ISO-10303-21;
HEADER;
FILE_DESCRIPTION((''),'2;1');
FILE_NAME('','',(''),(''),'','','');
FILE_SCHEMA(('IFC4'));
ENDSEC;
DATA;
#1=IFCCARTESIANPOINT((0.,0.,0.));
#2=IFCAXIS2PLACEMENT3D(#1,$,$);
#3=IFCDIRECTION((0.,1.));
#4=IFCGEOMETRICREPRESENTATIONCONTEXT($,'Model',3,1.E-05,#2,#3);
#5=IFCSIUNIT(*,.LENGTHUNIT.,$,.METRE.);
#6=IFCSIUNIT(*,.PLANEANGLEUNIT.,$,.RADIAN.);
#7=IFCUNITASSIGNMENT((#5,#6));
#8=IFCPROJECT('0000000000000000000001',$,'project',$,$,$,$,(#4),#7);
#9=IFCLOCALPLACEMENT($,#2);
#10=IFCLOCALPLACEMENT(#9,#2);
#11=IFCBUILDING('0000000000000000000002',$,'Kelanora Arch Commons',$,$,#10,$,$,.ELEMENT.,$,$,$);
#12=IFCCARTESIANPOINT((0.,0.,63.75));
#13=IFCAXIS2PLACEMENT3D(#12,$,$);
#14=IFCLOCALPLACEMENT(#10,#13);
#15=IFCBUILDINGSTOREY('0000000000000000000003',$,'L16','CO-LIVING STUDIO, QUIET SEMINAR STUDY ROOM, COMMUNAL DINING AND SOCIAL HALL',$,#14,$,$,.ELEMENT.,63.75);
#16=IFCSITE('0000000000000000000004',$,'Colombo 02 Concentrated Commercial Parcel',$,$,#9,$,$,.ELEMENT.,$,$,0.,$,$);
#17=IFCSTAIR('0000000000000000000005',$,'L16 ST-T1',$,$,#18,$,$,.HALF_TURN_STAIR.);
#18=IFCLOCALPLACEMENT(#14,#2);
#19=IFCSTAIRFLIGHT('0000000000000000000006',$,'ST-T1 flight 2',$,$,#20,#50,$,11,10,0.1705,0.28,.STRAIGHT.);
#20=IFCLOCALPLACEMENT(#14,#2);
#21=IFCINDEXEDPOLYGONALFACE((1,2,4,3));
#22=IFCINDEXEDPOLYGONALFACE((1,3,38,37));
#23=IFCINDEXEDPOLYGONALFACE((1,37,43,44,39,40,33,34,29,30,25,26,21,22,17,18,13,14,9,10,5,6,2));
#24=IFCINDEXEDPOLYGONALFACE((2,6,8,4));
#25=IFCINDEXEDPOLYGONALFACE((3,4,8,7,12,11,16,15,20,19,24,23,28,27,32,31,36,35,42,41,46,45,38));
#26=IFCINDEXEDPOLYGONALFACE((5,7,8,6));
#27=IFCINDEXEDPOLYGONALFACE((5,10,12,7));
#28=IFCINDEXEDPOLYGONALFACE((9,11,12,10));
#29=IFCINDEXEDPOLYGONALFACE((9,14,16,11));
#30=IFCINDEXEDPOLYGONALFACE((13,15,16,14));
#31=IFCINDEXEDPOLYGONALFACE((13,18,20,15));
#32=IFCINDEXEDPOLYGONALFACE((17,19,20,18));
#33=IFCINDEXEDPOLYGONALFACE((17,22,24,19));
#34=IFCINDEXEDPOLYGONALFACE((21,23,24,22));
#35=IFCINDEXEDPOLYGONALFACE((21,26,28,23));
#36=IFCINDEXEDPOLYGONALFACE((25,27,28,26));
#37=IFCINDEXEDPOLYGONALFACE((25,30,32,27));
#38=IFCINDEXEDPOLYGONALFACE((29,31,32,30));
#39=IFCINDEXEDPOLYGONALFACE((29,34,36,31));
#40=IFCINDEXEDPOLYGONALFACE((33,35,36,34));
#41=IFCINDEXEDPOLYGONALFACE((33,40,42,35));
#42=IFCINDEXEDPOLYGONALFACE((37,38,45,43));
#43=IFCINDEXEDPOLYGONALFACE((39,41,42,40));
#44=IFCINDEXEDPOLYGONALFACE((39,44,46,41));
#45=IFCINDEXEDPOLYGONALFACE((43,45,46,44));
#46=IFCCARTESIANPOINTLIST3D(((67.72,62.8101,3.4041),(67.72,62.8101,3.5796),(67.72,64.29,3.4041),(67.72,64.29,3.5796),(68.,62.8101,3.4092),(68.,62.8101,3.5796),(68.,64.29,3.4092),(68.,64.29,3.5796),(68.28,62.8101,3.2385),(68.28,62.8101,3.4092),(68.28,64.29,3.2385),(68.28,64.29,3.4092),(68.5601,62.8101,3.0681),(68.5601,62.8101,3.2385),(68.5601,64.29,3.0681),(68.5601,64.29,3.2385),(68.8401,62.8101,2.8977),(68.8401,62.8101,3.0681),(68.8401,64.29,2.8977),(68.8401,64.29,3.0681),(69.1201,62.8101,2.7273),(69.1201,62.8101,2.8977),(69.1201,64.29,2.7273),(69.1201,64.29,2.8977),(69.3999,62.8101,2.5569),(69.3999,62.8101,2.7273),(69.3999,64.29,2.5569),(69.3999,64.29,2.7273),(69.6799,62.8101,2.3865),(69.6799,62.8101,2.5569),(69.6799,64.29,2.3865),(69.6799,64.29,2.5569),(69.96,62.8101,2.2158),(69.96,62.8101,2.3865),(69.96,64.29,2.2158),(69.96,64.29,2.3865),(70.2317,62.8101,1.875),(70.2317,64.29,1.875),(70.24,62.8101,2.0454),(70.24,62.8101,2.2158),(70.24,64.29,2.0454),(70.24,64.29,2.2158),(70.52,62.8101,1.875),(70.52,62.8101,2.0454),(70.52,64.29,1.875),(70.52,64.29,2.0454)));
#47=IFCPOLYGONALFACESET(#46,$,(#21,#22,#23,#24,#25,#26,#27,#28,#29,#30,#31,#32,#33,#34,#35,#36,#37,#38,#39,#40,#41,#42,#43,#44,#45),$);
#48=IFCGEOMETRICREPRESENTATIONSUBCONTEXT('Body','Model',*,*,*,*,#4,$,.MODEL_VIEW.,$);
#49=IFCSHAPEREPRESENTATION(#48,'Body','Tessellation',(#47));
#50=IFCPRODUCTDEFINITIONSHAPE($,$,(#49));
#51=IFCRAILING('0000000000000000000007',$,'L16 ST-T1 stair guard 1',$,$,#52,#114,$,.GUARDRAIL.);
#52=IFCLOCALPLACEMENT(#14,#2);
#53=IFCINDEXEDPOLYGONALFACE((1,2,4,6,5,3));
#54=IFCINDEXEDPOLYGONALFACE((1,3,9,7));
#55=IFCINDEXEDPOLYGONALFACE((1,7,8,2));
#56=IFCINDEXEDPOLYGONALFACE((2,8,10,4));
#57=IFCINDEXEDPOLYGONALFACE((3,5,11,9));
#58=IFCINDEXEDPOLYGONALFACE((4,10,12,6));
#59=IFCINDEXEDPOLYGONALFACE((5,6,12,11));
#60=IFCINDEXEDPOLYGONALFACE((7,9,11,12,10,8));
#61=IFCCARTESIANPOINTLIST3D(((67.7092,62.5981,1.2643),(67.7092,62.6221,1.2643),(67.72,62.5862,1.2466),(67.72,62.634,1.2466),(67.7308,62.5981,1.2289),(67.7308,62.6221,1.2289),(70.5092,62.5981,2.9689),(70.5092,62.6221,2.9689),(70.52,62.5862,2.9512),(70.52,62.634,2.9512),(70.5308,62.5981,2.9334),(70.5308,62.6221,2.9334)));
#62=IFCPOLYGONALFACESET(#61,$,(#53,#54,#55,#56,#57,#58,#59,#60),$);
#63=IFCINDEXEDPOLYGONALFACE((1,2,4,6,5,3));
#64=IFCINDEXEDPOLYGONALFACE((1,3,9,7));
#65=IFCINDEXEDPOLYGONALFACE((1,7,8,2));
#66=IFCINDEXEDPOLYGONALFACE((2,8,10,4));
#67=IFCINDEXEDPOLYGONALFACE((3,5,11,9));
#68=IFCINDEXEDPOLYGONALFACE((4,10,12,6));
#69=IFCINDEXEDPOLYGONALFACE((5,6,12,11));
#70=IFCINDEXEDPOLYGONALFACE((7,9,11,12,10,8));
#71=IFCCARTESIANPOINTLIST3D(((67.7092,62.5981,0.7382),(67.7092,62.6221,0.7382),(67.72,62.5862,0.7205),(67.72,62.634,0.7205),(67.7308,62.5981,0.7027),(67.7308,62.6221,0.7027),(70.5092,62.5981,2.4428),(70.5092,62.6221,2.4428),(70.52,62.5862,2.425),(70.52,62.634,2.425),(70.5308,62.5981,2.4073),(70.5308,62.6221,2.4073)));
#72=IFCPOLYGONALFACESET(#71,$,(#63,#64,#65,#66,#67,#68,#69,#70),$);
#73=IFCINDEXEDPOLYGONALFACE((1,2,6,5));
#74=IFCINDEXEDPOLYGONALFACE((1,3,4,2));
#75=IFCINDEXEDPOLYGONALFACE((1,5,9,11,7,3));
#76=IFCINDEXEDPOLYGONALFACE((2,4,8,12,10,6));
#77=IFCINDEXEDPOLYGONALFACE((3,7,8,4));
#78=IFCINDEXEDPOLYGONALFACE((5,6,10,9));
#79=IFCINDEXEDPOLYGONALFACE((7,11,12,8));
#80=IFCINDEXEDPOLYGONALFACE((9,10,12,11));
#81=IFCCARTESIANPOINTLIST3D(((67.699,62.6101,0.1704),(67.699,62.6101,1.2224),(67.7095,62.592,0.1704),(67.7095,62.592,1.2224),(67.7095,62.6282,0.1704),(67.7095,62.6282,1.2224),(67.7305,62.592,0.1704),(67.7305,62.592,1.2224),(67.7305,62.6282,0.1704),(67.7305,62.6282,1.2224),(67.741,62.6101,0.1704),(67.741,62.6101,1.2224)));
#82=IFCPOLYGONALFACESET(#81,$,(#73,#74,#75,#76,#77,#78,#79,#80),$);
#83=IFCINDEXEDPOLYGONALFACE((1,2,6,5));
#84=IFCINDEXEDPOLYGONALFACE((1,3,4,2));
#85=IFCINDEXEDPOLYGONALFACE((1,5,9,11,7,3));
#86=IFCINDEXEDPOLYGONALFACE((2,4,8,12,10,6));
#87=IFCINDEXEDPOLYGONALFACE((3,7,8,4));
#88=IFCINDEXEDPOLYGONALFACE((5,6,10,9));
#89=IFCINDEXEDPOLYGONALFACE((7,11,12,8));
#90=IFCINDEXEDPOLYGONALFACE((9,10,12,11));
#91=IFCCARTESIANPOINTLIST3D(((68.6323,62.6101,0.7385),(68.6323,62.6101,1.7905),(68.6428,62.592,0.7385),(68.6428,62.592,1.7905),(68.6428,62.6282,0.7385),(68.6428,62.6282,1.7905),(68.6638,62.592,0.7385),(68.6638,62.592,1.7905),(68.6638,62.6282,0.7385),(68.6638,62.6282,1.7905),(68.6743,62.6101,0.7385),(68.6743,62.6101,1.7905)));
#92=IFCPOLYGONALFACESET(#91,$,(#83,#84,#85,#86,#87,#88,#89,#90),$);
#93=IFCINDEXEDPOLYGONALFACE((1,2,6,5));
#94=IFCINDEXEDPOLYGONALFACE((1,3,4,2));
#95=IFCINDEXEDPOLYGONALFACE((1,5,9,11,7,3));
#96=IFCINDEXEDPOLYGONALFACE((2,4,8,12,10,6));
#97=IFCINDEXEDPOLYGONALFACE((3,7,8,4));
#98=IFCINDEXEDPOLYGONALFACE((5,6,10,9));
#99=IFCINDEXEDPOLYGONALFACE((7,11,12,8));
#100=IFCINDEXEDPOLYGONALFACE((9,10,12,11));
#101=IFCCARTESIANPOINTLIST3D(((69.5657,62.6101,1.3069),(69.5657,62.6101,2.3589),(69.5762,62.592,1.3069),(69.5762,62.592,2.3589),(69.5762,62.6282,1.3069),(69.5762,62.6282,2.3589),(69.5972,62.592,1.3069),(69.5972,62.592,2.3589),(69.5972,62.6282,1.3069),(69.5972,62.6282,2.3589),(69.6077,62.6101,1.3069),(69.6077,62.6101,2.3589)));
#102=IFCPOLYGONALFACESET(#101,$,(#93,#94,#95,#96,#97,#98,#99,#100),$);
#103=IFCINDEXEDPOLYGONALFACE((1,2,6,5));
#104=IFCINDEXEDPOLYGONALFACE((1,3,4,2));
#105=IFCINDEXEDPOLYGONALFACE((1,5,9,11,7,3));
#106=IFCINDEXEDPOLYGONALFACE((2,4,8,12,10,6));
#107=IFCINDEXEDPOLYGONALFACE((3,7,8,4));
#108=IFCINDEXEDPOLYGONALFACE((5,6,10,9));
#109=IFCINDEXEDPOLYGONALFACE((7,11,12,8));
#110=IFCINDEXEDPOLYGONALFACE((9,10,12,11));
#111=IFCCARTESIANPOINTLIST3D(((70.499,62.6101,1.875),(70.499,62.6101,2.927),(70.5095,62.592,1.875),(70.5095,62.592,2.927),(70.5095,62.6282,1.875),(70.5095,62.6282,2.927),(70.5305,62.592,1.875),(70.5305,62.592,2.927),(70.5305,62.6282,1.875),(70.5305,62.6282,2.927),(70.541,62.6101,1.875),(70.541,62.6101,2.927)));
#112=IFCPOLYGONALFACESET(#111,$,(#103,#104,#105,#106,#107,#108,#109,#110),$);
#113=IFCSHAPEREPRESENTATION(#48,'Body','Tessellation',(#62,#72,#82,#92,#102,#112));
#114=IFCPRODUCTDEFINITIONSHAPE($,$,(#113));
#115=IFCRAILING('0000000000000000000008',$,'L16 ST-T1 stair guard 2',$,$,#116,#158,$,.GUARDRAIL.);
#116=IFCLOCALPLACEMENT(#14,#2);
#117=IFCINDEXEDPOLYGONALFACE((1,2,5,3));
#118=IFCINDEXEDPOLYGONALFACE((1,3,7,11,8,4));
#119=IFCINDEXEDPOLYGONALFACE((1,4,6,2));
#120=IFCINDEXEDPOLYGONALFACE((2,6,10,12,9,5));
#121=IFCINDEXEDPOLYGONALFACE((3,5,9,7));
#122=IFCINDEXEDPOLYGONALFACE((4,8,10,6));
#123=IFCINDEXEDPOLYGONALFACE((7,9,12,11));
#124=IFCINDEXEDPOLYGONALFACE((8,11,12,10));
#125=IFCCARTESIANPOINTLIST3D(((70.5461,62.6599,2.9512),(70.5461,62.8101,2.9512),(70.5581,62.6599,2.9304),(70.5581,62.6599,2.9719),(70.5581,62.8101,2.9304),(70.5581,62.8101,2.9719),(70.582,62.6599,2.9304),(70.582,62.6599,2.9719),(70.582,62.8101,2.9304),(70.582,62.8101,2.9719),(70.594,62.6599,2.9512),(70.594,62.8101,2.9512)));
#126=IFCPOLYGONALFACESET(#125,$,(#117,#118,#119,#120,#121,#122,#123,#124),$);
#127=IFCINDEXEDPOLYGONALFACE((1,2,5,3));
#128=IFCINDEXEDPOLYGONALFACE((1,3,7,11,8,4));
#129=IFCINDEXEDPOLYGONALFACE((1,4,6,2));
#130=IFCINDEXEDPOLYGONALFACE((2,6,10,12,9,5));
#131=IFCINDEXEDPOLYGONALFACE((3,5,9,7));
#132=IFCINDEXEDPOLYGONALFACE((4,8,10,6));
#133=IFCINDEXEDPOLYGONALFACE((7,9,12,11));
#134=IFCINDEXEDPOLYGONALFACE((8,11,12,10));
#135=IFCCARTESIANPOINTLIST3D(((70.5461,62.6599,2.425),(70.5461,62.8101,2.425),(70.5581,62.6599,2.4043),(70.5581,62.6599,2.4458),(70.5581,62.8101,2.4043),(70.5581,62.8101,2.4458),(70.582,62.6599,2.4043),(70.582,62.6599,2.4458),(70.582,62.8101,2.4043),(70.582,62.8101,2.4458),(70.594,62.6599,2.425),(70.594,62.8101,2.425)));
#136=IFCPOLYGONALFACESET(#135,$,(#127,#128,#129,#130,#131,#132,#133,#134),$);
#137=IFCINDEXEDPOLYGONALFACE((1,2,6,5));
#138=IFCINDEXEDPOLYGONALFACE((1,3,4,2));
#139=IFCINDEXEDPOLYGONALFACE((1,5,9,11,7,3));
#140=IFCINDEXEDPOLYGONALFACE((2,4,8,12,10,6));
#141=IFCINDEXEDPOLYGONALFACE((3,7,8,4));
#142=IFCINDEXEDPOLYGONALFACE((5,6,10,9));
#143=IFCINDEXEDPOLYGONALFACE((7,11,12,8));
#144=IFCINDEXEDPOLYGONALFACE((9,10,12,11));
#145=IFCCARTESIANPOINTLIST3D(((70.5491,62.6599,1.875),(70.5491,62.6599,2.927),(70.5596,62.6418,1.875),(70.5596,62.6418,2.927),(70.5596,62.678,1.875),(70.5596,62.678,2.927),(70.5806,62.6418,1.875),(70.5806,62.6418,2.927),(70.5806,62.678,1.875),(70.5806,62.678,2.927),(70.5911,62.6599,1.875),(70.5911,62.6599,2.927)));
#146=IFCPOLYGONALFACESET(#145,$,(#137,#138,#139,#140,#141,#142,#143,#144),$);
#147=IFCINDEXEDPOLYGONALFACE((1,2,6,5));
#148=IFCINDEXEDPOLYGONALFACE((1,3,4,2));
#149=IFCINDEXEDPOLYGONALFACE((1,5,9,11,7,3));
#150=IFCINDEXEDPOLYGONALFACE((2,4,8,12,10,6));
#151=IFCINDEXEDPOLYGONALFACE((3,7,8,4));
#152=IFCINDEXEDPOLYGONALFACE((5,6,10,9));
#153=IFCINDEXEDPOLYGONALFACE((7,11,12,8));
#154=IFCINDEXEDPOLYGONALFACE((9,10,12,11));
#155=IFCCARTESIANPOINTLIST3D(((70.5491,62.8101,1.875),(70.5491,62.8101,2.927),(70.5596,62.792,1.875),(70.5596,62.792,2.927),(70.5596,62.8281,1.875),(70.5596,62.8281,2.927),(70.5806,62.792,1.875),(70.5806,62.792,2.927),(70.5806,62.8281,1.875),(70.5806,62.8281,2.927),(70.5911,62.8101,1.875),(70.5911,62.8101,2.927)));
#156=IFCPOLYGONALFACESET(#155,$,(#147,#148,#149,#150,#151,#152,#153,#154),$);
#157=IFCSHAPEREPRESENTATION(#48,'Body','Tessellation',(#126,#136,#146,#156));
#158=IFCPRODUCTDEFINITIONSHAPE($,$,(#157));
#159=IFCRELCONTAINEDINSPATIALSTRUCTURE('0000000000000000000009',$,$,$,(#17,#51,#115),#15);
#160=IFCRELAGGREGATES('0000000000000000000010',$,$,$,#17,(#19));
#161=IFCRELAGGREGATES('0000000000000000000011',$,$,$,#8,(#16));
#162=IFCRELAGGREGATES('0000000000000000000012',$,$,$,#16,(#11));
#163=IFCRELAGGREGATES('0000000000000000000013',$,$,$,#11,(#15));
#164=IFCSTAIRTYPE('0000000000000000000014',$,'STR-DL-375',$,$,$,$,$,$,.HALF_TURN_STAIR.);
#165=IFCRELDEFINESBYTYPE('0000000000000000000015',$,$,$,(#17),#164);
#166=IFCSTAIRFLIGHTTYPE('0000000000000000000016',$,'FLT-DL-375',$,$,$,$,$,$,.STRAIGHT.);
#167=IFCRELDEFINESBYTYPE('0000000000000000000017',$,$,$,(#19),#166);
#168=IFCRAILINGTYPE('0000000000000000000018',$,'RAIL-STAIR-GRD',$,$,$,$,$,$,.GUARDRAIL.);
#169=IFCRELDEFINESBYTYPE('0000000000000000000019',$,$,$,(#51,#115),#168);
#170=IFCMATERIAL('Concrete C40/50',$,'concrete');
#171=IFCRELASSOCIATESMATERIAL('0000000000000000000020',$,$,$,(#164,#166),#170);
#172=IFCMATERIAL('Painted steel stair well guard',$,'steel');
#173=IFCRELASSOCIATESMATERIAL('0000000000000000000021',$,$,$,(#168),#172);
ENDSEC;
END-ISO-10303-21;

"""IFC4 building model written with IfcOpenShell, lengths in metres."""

from ifc_helpers import new_model, si_unit, direction, frame, origin, place, context, subcontext, project, spatial, polyline, outline, extrude, material, type_object, element, aggregate, save


model = new_model("IFC4")

# Units and contexts
model_context = context("Model", 3, precision=1e-05, world=origin(), true_north=direction((0.0, 1.0)))
body_context = subcontext(model_context, "Body", "Model", "MODEL_VIEW")
ifc_project = project(units=[si_unit("LENGTHUNIT", "METRE"), si_unit("PLANEANGLEUNIT", "RADIAN")], contexts=[model_context])

# Site, building, storey
site_placement = place(None, origin())
site = spatial("IfcSite", under=ifc_project, at=site_placement, Name="Colombo 02 Concentrated Commercial Parcel", CompositionType="ELEMENT", RefElevation=0.0)
building_placement = place(site_placement, origin())
building = spatial("IfcBuilding", under=site, at=building_placement, Name="Kelanora Arch Commons", CompositionType="ELEMENT")
storey_placement = place(building_placement, frame((0.0, 0.0, 63.75)))
storey = spatial("IfcBuildingStorey", under=building, at=storey_placement, Name="L16", Description="CO-LIVING STUDIO, QUIET SEMINAR STUDY ROOM, COMMUNAL DINING AND SOCIAL HALL", CompositionType="ELEMENT", Elevation=63.75)

# Shared definitions
ifc_material_1 = material(Name="Concrete C40/50", Category="concrete")

# Stair, stair flight
stair_type = type_object("IfcStairType", Name="STR-DL-375", PredefinedType="HALF_TURN_STAIR", material=ifc_material_1)
stair_placement = place(storey_placement, origin())
stair = element("IfcStair", 1, at=stair_placement, inside=storey, type_object=stair_type, Name="L16 ST-T1", PredefinedType="HALF_TURN_STAIR")
stair_flight_type = type_object("IfcStairFlightType", Name="FLT-DL-375", PredefinedType="STRAIGHT", material=ifc_material_1)
stair_flight_1_placement = place(storey_placement, frame((70.52, 63.55, 1.875), z_axis=(0.0, 0.0, 1.0), x_axis=(-1.0, 0.0, 0.0)))
stair_flight_1 = element("IfcStairFlight", 2, at=stair_flight_1_placement, type_object=stair_flight_type, Name="ST-T1 flight 2", NumberOfRisers=11, NumberOfTreads=10, PredefinedType="STRAIGHT", RiserHeight=0.1705, TreadLength=0.28, context=body_context, shape_type="SweptSolid", body=[
    extrude(outline(polyline([(0.0, 0.0), (0.0, 0.1704), (0.28, 0.1704), (0.28, 0.3408), (0.5601, 0.3408), (0.5601, 0.5115), (0.8401, 0.5115), (0.8401, 0.6819), (1.1201, 0.6819), (1.1201, 0.8523), (1.3999, 0.8523), (1.3999, 1.0227), (1.6799, 1.0227), (1.6799, 1.1931), (1.96, 1.1931), (1.96, 1.3635), (2.24, 1.3635), (2.24, 1.5342), (2.52, 1.5342), (2.52, 1.7046), (2.8, 1.7046), (2.8, 1.875), (2.8, 1.5291), (0.2883, 0.0), (0.0, 0.0)])), frame((0.0, 0.74, 0.0), z_axis=(0.0, -1.0, 0.0), x_axis=(1.0, 0.0, 0.0)), (0.0, 0.0, 1.0), 1.48),
])
aggregate(stair, [stair_flight_1])

# Railings
ifc_material_2 = material(Name="Painted steel stair well guard", Category="steel")
railing_type_1 = type_object("IfcRailingType", Name="RAIL-STAIR-GRD", PredefinedType="GUARDRAIL", material=ifc_material_2)
railing_1_placement = place(storey_placement, frame((67.72, 62.6101, 0.1704)))
element("IfcRailing", 3, at=railing_1_placement, inside=storey, type_object=railing_type_1, Name="L16 ST-T1 stair guard 1", PredefinedType="GUARDRAIL", context=body_context, shape_type="SweptSolid", body=[
    extrude(outline(polyline([(0.0239, 0.0), (0.012, 0.0208), (-0.012, 0.0208), (-0.0239, 0.0), (-0.012, -0.0208), (0.012, -0.0208), (0.0239, 0.0)])), frame((0.0, 0.0, 1.0762), z_axis=(0.85417, 0.0, 0.519994), x_axis=(0.0, 1.0, 0.0)), (0.0, 0.0, 1.0), 3.2781),
    extrude(outline(polyline([(0.0239, 0.0), (0.012, 0.0208), (-0.012, 0.0208), (-0.0239, 0.0), (-0.012, -0.0208), (0.012, -0.0208), (0.0239, 0.0)])), frame((0.0, 0.0, 0.55), z_axis=(0.85417, 0.0, 0.519994), x_axis=(0.0, 1.0, 0.0)), (0.0, 0.0, 1.0), 3.2781),
    extrude(outline(polyline([(0.021, 0.0), (0.0105, 0.0181), (-0.0105, 0.0181), (-0.021, 0.0), (-0.0105, -0.0181), (0.0105, -0.0181), (0.021, 0.0)])), origin(), (0.0, 0.0, 1.0), 1.052),
    extrude(outline(polyline([(0.021, 0.0), (0.0105, 0.0181), (-0.0105, 0.0181), (-0.021, 0.0), (-0.0105, -0.0181), (0.0105, -0.0181), (0.021, 0.0)])), frame((0.9333, 0.0, 0.5681)), (0.0, 0.0, 1.0), 1.052),
    extrude(outline(polyline([(0.021, 0.0), (0.0105, 0.0181), (-0.0105, 0.0181), (-0.021, 0.0), (-0.0105, -0.0181), (0.0105, -0.0181), (0.021, 0.0)])), frame((1.8667, 0.0, 1.1365)), (0.0, 0.0, 1.0), 1.052),
    extrude(outline(polyline([(0.021, 0.0), (0.0105, 0.0181), (-0.0105, 0.0181), (-0.021, 0.0), (-0.0105, -0.0181), (0.0105, -0.0181), (0.021, 0.0)])), frame((2.8, 0.0, 1.7046)), (0.0, 0.0, 1.0), 1.052),
])
railing_2_placement = place(storey_placement, frame((70.5701, 62.6599, 1.875)))
element("IfcRailing", 4, at=railing_2_placement, inside=storey, type_object=railing_type_1, Name="L16 ST-T1 stair guard 2", PredefinedType="GUARDRAIL", context=body_context, shape_type="SweptSolid", body=[
    extrude(outline(polyline([(0.0239, 0.0), (0.012, 0.0208), (-0.012, 0.0208), (-0.0239, 0.0), (-0.012, -0.0208), (0.012, -0.0208), (0.0239, 0.0)])), frame((0.0, 0.0, 1.0762), z_axis=(0.0, 1.0, 0.0), x_axis=(-1.0, 0.0, 0.0)), (0.0, 0.0, 1.0), 0.1501),
    extrude(outline(polyline([(0.0239, 0.0), (0.012, 0.0208), (-0.012, 0.0208), (-0.0239, 0.0), (-0.012, -0.0208), (0.012, -0.0208), (0.0239, 0.0)])), frame((0.0, 0.0, 0.55), z_axis=(0.0, 1.0, 0.0), x_axis=(-1.0, 0.0, 0.0)), (0.0, 0.0, 1.0), 0.1501),
    extrude(outline(polyline([(0.021, 0.0), (0.0105, 0.0181), (-0.0105, 0.0181), (-0.021, 0.0), (-0.0105, -0.0181), (0.0105, -0.0181), (0.021, 0.0)])), origin(), (0.0, 0.0, 1.0), 1.052),
    extrude(outline(polyline([(0.021, 0.0), (0.0105, 0.0181), (-0.0105, 0.0181), (-0.021, 0.0), (-0.0105, -0.0181), (0.0105, -0.0181), (0.021, 0.0)])), frame((0.0, 0.1501, 0.0)), (0.0, 0.0, 1.0), 1.052),
])

save(model, "model.ifc")
